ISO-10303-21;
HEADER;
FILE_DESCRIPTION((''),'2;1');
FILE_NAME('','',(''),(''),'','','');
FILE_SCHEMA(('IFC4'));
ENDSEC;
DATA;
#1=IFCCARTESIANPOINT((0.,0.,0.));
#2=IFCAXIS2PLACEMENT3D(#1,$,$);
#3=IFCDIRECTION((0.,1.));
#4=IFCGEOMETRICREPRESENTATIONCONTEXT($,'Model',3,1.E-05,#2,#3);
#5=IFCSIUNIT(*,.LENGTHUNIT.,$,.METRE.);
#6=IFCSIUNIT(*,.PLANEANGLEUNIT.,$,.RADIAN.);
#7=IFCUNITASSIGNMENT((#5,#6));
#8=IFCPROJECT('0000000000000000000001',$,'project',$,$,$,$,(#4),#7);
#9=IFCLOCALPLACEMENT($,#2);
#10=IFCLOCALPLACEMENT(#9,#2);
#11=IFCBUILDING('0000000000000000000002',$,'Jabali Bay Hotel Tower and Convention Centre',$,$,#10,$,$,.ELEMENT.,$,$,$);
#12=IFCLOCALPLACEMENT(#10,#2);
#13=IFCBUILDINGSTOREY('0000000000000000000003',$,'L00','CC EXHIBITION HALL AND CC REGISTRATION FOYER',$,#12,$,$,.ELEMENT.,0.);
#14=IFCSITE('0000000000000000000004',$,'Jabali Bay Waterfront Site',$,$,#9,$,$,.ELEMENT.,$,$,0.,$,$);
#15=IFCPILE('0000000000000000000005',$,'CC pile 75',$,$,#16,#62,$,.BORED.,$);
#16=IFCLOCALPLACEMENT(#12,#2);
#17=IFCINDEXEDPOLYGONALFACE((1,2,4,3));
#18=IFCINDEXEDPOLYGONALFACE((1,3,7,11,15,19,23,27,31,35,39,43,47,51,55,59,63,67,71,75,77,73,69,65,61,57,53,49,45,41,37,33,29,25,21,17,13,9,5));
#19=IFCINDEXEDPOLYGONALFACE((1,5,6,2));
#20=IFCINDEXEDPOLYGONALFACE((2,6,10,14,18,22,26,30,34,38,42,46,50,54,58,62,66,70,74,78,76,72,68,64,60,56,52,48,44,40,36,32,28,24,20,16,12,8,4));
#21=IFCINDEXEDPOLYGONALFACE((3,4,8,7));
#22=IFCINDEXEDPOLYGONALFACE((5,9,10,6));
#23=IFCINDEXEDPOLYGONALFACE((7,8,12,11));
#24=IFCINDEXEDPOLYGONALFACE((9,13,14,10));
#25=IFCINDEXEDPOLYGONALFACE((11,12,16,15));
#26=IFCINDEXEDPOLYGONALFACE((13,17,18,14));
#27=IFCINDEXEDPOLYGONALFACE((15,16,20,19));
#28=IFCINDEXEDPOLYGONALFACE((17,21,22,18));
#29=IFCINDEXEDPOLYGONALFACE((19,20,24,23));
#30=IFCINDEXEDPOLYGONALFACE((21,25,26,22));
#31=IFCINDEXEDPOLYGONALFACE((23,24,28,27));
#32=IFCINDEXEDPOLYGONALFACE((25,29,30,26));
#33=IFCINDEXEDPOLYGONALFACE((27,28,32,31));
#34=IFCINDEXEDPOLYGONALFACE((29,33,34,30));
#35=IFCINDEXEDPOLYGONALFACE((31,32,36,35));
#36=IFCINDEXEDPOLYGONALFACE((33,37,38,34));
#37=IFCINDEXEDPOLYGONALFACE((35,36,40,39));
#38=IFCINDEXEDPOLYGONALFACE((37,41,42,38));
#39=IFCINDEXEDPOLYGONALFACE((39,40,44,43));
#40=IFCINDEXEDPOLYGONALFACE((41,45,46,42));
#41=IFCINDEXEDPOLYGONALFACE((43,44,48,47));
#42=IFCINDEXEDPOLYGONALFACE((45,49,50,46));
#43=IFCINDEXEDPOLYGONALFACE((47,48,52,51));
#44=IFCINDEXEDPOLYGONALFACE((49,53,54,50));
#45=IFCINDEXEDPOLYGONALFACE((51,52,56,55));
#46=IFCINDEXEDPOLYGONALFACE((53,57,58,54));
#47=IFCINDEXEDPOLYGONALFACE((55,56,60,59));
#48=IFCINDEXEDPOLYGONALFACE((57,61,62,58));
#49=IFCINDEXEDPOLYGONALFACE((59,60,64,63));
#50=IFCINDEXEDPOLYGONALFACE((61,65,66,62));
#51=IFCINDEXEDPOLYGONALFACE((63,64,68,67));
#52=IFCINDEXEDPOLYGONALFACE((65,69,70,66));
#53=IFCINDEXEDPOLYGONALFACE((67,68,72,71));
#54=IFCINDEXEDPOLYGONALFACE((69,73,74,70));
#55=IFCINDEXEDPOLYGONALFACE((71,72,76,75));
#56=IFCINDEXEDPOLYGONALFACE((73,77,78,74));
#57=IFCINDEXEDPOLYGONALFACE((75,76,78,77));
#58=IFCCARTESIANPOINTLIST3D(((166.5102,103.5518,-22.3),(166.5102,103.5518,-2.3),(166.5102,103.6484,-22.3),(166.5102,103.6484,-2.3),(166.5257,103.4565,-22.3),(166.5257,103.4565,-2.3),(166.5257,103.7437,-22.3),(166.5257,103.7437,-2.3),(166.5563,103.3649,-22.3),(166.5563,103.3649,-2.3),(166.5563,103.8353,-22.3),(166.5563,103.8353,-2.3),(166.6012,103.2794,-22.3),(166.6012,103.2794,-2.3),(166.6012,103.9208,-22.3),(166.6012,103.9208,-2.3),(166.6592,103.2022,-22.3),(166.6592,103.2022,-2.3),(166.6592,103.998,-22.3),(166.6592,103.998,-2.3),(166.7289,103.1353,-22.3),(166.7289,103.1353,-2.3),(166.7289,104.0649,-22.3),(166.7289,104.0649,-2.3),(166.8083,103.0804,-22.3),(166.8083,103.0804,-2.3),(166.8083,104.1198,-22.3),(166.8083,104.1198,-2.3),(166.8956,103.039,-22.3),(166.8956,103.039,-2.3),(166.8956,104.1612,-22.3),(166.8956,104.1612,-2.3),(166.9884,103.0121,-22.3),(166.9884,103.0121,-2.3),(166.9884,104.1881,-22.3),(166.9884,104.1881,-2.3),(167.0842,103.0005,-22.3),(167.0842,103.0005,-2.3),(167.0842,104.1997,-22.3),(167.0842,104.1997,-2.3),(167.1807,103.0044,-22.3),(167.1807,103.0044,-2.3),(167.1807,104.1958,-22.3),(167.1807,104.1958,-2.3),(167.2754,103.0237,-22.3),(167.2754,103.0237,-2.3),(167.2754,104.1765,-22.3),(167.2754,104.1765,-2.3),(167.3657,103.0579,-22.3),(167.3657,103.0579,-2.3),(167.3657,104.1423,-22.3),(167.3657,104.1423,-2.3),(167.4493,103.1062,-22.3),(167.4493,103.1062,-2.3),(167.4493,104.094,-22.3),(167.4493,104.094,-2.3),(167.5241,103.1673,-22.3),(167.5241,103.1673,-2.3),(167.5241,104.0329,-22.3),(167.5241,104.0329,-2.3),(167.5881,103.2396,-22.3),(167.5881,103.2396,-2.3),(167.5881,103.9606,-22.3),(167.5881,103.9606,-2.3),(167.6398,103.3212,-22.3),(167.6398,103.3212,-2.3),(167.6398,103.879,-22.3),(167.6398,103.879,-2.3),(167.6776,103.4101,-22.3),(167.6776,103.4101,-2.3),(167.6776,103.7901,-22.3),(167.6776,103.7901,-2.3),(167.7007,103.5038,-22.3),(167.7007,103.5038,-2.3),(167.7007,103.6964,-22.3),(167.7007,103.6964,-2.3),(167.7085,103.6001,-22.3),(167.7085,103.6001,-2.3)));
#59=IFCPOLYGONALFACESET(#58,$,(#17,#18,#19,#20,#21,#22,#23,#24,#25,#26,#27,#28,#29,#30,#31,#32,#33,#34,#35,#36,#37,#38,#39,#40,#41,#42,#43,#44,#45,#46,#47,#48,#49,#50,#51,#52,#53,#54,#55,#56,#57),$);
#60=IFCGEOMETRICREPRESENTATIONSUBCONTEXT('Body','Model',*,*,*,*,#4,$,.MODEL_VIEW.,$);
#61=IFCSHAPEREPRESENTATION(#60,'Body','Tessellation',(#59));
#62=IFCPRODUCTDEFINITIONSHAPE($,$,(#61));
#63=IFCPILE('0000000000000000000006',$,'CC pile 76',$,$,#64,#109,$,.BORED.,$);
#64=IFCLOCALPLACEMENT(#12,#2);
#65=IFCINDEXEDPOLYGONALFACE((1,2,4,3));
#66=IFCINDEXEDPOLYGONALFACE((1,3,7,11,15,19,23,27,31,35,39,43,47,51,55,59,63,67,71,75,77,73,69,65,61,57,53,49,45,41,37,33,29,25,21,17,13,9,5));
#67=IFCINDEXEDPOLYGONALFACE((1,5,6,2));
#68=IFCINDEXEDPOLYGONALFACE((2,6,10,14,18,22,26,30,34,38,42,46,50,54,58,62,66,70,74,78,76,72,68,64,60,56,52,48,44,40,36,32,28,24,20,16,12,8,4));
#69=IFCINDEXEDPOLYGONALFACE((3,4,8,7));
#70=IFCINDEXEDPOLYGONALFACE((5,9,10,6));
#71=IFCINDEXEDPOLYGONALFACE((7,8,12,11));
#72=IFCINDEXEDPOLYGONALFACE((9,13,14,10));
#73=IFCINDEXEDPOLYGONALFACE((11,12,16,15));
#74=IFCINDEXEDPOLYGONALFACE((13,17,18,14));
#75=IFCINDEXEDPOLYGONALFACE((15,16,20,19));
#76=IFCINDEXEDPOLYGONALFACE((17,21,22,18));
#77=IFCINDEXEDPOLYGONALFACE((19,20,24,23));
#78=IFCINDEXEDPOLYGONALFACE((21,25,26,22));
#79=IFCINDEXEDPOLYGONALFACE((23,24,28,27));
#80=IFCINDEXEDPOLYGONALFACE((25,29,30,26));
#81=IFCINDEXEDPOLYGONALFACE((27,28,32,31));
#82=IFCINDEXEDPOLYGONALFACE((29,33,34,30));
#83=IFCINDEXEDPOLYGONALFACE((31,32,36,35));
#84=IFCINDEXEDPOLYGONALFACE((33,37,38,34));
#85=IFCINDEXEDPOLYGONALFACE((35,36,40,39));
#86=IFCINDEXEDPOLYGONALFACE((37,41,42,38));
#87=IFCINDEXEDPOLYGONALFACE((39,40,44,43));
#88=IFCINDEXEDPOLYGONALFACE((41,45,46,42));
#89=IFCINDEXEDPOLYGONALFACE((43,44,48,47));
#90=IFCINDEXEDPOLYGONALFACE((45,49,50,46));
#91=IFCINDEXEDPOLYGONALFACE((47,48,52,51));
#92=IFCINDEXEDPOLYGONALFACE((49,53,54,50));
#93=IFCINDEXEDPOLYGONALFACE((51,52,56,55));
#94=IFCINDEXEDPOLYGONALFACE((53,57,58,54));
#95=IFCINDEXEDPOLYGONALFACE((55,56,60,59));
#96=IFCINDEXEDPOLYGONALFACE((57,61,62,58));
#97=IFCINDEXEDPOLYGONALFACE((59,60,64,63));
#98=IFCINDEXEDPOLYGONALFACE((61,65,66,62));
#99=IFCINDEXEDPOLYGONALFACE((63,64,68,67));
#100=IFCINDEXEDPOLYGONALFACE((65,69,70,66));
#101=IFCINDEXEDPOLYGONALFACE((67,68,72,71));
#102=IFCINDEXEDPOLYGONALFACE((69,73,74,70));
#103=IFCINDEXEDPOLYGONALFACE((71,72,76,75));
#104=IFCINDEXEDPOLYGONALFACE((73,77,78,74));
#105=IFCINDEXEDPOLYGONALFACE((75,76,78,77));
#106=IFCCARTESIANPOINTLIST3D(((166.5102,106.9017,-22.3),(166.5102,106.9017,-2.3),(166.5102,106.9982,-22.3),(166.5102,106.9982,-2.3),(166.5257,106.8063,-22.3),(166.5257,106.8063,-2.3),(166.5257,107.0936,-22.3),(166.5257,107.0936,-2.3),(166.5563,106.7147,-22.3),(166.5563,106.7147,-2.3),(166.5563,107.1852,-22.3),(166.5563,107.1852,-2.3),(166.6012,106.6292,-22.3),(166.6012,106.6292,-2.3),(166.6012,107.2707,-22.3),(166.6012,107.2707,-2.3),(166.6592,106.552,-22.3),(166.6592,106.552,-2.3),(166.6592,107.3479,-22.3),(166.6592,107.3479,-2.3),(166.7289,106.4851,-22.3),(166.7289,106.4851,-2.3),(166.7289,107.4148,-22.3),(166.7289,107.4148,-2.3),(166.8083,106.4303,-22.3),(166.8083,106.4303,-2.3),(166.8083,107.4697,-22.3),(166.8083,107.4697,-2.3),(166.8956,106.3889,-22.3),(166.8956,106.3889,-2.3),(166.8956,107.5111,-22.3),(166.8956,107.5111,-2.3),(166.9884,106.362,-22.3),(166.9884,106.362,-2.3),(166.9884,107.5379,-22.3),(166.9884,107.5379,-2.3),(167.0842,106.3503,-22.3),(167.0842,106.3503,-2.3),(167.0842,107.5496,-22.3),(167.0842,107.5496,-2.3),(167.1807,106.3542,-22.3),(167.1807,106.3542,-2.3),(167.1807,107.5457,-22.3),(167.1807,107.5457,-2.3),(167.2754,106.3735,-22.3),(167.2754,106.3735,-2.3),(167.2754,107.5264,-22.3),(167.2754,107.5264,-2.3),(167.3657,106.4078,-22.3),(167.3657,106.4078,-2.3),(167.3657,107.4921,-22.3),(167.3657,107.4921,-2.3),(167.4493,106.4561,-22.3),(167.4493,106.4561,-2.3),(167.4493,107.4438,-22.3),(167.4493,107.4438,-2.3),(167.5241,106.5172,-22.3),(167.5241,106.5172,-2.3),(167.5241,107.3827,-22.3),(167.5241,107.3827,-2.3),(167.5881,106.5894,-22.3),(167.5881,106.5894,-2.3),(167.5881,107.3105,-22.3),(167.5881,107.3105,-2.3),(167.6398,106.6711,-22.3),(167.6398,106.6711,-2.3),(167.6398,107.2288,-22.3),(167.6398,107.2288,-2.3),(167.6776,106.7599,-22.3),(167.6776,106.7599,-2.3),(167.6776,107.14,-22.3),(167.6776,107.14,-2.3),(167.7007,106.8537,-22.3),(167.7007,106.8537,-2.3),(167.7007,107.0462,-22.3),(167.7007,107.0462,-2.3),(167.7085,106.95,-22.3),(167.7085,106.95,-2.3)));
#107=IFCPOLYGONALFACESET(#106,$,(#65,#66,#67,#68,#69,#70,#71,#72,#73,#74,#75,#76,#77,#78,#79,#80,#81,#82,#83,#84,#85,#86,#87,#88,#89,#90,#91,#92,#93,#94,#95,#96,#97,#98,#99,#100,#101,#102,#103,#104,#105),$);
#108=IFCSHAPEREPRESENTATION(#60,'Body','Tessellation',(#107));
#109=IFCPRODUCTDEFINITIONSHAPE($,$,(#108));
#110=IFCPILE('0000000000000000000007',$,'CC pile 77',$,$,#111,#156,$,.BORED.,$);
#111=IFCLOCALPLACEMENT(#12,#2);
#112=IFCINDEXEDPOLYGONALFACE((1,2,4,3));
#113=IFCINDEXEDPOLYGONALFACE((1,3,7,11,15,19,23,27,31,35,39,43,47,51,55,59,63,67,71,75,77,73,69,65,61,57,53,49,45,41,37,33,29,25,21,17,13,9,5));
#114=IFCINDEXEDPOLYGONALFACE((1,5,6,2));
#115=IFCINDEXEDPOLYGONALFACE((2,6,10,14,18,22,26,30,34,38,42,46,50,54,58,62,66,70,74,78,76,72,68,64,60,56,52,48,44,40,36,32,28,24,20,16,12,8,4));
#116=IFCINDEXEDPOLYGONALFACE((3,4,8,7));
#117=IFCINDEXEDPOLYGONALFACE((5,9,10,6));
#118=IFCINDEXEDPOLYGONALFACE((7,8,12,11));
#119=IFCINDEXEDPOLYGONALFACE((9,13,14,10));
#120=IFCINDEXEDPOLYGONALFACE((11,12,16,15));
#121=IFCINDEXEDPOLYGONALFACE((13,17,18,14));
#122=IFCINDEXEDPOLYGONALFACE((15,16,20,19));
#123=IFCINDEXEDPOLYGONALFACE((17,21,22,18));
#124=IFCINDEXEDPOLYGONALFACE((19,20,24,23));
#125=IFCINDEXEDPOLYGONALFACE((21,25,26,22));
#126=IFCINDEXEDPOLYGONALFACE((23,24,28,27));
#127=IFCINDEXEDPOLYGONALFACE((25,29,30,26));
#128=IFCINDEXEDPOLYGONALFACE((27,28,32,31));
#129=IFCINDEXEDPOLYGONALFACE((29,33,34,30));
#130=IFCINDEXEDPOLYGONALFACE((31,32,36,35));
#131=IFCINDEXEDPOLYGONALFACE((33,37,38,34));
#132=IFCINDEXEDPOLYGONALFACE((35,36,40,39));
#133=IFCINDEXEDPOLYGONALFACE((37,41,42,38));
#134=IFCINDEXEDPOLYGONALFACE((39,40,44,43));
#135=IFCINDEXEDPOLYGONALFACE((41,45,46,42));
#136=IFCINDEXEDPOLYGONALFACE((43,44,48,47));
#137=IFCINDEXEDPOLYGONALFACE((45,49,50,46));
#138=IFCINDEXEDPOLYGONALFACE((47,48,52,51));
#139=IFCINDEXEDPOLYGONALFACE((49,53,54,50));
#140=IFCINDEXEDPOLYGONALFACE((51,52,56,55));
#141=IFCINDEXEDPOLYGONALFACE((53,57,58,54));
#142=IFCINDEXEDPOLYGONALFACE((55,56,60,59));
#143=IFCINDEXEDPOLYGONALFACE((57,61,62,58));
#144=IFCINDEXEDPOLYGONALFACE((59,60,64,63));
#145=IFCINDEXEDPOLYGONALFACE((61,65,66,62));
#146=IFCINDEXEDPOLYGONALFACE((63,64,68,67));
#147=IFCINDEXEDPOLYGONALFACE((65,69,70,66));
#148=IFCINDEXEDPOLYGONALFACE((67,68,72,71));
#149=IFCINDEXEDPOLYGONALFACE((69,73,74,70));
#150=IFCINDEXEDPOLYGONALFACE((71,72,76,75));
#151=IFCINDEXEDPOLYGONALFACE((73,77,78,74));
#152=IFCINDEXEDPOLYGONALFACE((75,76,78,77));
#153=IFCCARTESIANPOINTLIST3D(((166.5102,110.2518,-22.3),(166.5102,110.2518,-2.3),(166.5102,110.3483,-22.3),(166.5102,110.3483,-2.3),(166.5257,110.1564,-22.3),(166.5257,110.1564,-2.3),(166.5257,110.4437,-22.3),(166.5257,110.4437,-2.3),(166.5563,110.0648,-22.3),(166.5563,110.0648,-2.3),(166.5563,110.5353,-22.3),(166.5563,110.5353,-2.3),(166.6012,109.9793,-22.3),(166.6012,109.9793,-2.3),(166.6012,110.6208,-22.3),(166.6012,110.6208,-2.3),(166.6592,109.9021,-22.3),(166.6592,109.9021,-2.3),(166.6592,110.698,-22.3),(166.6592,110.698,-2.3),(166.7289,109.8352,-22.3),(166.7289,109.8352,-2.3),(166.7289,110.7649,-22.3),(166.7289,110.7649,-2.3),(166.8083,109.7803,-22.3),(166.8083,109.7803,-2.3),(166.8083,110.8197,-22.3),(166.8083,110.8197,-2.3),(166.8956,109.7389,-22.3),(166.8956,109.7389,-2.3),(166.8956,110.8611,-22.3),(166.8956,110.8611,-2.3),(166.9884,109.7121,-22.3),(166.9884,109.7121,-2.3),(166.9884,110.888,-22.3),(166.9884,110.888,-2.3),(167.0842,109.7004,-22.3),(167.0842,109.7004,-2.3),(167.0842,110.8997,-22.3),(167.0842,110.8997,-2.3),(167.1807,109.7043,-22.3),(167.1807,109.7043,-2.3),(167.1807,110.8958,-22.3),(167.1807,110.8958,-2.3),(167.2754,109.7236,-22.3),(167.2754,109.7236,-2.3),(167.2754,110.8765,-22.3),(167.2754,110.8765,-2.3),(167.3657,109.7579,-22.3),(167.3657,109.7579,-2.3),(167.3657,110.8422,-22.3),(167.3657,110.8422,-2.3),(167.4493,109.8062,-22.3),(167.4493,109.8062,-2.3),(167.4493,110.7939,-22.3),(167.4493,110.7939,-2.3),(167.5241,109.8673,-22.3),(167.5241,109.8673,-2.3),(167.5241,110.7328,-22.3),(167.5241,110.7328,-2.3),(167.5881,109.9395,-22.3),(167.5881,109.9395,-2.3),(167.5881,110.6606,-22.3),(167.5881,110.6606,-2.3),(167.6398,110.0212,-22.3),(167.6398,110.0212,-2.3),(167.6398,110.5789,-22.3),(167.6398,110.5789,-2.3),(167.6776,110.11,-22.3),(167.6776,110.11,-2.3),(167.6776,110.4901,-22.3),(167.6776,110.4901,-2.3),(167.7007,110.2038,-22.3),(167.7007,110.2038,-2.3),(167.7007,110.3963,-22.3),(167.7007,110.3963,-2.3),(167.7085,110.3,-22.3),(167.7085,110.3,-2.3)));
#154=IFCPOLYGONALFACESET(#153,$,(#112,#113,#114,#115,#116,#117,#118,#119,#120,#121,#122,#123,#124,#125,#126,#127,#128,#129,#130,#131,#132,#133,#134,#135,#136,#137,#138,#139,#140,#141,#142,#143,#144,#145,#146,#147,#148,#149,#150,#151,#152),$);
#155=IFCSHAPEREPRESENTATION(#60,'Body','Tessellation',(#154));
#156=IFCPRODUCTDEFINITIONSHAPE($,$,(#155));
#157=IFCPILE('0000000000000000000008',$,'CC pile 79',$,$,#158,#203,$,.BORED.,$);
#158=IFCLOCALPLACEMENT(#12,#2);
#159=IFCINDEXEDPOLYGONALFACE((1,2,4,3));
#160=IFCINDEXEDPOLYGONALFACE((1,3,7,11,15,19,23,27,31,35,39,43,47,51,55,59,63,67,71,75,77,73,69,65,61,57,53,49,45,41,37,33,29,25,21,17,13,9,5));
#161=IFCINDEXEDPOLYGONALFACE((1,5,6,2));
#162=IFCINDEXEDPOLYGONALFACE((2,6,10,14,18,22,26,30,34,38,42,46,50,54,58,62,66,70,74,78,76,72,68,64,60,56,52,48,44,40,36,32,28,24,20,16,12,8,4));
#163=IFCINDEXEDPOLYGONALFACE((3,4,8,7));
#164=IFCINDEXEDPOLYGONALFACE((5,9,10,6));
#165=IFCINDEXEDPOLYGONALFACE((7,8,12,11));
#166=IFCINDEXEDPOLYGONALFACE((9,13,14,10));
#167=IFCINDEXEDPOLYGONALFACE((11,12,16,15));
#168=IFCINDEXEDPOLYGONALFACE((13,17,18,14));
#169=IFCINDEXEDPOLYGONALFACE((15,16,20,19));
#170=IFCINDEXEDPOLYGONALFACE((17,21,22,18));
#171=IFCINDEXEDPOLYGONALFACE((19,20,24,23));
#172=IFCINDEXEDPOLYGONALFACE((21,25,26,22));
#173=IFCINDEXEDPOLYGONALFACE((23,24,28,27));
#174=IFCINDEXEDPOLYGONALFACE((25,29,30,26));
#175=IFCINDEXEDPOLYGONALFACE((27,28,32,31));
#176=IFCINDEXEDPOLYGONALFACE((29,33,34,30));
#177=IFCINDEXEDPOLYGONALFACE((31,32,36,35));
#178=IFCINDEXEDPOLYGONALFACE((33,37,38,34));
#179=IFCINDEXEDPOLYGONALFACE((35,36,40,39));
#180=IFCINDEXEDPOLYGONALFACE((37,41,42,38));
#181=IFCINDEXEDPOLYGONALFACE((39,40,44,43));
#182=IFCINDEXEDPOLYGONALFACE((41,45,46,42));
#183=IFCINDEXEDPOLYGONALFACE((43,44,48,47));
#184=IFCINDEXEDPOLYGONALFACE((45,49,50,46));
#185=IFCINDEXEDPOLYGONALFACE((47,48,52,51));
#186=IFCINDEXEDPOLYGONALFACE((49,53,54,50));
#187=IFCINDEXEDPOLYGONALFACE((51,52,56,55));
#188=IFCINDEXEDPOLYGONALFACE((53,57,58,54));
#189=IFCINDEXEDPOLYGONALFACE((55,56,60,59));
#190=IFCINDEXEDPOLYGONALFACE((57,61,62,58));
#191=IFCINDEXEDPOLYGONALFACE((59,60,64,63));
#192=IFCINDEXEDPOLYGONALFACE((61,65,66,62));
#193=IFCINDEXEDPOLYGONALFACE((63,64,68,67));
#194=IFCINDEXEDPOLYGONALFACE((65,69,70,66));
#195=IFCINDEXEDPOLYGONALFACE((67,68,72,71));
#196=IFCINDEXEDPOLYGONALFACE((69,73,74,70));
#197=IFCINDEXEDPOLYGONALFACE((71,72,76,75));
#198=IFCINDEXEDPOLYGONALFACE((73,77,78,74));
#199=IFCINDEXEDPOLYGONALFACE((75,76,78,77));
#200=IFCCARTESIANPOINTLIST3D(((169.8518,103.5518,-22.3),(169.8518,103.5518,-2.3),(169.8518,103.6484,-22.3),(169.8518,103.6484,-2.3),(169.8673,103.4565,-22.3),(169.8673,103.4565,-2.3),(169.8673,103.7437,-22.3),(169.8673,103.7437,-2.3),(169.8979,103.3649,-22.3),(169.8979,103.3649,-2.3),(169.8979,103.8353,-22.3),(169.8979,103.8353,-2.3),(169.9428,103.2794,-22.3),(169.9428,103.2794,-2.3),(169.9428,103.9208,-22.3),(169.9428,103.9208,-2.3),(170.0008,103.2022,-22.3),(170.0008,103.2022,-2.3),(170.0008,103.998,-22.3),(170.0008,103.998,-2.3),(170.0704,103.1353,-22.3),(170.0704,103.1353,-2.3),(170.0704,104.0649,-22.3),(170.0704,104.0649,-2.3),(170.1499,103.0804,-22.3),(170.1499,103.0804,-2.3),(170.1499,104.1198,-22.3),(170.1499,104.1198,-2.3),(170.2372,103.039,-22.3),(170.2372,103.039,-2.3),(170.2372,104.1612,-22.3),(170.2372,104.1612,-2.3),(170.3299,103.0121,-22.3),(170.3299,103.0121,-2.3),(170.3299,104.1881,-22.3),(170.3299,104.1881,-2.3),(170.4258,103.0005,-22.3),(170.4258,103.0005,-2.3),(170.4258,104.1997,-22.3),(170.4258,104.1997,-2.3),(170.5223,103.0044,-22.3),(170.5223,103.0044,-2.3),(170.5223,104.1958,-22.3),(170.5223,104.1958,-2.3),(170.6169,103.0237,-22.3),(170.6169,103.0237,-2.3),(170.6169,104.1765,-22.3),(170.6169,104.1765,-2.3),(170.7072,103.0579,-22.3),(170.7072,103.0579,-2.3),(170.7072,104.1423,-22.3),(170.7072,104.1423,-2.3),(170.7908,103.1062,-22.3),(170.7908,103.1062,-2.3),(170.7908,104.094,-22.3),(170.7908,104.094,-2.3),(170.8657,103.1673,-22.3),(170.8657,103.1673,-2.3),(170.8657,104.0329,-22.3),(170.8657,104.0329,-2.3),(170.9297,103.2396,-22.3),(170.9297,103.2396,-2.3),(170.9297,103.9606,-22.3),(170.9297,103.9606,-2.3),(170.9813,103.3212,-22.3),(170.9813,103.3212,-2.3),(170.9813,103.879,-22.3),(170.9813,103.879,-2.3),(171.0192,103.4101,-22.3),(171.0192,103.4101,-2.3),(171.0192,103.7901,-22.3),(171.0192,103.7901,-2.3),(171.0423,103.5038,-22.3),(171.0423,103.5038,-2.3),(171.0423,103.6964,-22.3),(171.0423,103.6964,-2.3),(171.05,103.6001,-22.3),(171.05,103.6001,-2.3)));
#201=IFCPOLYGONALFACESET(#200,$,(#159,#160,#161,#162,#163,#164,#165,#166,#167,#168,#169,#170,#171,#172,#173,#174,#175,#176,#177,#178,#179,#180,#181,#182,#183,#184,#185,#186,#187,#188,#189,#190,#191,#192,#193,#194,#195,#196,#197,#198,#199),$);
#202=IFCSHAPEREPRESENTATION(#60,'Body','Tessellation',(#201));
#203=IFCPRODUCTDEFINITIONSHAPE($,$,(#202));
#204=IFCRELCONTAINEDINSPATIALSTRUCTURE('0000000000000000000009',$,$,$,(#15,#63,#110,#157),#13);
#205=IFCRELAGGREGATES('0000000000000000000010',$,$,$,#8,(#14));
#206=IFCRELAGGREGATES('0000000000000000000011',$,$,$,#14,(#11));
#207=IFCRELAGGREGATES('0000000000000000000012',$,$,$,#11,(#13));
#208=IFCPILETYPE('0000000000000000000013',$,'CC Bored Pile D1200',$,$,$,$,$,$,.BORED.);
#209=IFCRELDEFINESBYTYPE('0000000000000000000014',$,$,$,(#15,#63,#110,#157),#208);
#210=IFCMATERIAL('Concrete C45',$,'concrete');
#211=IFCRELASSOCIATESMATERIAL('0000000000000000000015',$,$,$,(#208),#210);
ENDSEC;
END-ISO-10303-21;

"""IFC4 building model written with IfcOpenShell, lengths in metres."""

from ifc_helpers import new_model, si_unit, direction, frame, origin, origin_2d, place, context, subcontext, project, spatial, circle, extrude, material, material_profile, profile_set, type_object, element, save


model = new_model("IFC4")

# Units and contexts
model_context = context("Model", 3, precision=1e-05, world=origin(), true_north=direction((0.0, 1.0)))
body_context = subcontext(model_context, "Body", "Model", "MODEL_VIEW")
ifc_project = project(units=[si_unit("LENGTHUNIT", "METRE"), si_unit("PLANEANGLEUNIT", "RADIAN")], contexts=[model_context])

# Site, building, storey
site_placement = place(None, origin())
site = spatial("IfcSite", under=ifc_project, at=site_placement, Name="Jabali Bay Waterfront Site", CompositionType="ELEMENT", RefElevation=0.0)
building_placement = place(site_placement, origin())
building = spatial("IfcBuilding", under=site, at=building_placement, Name="Jabali Bay Hotel Tower and Convention Centre", CompositionType="ELEMENT")
storey_placement = place(building_placement, origin())
storey = spatial("IfcBuildingStorey", under=building, at=storey_placement, Name="L00", Description="CC EXHIBITION HALL AND CC REGISTRATION FOYER", CompositionType="ELEMENT", Elevation=0.0)

# Piles
ifc_material_1 = material(Name="Concrete C45", Category="concrete")
ifc_material_profile = material_profile(ifc_material_1, circle(Radius=0.6001, at=origin_2d()), Name="D1200")
ifc_profile_set = profile_set([ifc_material_profile], Name="Concrete C45")
pile_type = type_object("IfcPileType", Name="CC Bored Pile D1200", PredefinedType="BORED", material=ifc_profile_set)
for number, where, z_axis, x_axis, name in (
    (1, (167.1084, 103.6001, -2.3), (0.0, 0.0, -1.0), (1.0, 0.0, 0.0), "CC pile 75"),
    (2, (167.1084, 106.95, -2.3), (0.0, 0.0, -1.0), (1.0, 0.0, 0.0), "CC pile 76"),
    (3, (167.1084, 110.3, -2.3), (0.0, 0.0, -1.0), (1.0, 0.0, 0.0), "CC pile 77"),
    (4, (170.45, 103.6001, -2.3), (0.0, 0.0, -1.0), (1.0, 0.0, 0.0), "CC pile 79"),
):
    element("IfcPile", number, at=place(storey_placement, frame(where, z_axis=z_axis, x_axis=x_axis)), inside=storey, type_object=pile_type, Name=name, PredefinedType="BORED", context=body_context, shape_type="SweptSolid", body=[
        extrude(circle(Radius=0.6001, at=origin_2d()), origin(), (0.0, 0.0, 1.0), 20.0),
    ])

save(model, "model.ifc")
